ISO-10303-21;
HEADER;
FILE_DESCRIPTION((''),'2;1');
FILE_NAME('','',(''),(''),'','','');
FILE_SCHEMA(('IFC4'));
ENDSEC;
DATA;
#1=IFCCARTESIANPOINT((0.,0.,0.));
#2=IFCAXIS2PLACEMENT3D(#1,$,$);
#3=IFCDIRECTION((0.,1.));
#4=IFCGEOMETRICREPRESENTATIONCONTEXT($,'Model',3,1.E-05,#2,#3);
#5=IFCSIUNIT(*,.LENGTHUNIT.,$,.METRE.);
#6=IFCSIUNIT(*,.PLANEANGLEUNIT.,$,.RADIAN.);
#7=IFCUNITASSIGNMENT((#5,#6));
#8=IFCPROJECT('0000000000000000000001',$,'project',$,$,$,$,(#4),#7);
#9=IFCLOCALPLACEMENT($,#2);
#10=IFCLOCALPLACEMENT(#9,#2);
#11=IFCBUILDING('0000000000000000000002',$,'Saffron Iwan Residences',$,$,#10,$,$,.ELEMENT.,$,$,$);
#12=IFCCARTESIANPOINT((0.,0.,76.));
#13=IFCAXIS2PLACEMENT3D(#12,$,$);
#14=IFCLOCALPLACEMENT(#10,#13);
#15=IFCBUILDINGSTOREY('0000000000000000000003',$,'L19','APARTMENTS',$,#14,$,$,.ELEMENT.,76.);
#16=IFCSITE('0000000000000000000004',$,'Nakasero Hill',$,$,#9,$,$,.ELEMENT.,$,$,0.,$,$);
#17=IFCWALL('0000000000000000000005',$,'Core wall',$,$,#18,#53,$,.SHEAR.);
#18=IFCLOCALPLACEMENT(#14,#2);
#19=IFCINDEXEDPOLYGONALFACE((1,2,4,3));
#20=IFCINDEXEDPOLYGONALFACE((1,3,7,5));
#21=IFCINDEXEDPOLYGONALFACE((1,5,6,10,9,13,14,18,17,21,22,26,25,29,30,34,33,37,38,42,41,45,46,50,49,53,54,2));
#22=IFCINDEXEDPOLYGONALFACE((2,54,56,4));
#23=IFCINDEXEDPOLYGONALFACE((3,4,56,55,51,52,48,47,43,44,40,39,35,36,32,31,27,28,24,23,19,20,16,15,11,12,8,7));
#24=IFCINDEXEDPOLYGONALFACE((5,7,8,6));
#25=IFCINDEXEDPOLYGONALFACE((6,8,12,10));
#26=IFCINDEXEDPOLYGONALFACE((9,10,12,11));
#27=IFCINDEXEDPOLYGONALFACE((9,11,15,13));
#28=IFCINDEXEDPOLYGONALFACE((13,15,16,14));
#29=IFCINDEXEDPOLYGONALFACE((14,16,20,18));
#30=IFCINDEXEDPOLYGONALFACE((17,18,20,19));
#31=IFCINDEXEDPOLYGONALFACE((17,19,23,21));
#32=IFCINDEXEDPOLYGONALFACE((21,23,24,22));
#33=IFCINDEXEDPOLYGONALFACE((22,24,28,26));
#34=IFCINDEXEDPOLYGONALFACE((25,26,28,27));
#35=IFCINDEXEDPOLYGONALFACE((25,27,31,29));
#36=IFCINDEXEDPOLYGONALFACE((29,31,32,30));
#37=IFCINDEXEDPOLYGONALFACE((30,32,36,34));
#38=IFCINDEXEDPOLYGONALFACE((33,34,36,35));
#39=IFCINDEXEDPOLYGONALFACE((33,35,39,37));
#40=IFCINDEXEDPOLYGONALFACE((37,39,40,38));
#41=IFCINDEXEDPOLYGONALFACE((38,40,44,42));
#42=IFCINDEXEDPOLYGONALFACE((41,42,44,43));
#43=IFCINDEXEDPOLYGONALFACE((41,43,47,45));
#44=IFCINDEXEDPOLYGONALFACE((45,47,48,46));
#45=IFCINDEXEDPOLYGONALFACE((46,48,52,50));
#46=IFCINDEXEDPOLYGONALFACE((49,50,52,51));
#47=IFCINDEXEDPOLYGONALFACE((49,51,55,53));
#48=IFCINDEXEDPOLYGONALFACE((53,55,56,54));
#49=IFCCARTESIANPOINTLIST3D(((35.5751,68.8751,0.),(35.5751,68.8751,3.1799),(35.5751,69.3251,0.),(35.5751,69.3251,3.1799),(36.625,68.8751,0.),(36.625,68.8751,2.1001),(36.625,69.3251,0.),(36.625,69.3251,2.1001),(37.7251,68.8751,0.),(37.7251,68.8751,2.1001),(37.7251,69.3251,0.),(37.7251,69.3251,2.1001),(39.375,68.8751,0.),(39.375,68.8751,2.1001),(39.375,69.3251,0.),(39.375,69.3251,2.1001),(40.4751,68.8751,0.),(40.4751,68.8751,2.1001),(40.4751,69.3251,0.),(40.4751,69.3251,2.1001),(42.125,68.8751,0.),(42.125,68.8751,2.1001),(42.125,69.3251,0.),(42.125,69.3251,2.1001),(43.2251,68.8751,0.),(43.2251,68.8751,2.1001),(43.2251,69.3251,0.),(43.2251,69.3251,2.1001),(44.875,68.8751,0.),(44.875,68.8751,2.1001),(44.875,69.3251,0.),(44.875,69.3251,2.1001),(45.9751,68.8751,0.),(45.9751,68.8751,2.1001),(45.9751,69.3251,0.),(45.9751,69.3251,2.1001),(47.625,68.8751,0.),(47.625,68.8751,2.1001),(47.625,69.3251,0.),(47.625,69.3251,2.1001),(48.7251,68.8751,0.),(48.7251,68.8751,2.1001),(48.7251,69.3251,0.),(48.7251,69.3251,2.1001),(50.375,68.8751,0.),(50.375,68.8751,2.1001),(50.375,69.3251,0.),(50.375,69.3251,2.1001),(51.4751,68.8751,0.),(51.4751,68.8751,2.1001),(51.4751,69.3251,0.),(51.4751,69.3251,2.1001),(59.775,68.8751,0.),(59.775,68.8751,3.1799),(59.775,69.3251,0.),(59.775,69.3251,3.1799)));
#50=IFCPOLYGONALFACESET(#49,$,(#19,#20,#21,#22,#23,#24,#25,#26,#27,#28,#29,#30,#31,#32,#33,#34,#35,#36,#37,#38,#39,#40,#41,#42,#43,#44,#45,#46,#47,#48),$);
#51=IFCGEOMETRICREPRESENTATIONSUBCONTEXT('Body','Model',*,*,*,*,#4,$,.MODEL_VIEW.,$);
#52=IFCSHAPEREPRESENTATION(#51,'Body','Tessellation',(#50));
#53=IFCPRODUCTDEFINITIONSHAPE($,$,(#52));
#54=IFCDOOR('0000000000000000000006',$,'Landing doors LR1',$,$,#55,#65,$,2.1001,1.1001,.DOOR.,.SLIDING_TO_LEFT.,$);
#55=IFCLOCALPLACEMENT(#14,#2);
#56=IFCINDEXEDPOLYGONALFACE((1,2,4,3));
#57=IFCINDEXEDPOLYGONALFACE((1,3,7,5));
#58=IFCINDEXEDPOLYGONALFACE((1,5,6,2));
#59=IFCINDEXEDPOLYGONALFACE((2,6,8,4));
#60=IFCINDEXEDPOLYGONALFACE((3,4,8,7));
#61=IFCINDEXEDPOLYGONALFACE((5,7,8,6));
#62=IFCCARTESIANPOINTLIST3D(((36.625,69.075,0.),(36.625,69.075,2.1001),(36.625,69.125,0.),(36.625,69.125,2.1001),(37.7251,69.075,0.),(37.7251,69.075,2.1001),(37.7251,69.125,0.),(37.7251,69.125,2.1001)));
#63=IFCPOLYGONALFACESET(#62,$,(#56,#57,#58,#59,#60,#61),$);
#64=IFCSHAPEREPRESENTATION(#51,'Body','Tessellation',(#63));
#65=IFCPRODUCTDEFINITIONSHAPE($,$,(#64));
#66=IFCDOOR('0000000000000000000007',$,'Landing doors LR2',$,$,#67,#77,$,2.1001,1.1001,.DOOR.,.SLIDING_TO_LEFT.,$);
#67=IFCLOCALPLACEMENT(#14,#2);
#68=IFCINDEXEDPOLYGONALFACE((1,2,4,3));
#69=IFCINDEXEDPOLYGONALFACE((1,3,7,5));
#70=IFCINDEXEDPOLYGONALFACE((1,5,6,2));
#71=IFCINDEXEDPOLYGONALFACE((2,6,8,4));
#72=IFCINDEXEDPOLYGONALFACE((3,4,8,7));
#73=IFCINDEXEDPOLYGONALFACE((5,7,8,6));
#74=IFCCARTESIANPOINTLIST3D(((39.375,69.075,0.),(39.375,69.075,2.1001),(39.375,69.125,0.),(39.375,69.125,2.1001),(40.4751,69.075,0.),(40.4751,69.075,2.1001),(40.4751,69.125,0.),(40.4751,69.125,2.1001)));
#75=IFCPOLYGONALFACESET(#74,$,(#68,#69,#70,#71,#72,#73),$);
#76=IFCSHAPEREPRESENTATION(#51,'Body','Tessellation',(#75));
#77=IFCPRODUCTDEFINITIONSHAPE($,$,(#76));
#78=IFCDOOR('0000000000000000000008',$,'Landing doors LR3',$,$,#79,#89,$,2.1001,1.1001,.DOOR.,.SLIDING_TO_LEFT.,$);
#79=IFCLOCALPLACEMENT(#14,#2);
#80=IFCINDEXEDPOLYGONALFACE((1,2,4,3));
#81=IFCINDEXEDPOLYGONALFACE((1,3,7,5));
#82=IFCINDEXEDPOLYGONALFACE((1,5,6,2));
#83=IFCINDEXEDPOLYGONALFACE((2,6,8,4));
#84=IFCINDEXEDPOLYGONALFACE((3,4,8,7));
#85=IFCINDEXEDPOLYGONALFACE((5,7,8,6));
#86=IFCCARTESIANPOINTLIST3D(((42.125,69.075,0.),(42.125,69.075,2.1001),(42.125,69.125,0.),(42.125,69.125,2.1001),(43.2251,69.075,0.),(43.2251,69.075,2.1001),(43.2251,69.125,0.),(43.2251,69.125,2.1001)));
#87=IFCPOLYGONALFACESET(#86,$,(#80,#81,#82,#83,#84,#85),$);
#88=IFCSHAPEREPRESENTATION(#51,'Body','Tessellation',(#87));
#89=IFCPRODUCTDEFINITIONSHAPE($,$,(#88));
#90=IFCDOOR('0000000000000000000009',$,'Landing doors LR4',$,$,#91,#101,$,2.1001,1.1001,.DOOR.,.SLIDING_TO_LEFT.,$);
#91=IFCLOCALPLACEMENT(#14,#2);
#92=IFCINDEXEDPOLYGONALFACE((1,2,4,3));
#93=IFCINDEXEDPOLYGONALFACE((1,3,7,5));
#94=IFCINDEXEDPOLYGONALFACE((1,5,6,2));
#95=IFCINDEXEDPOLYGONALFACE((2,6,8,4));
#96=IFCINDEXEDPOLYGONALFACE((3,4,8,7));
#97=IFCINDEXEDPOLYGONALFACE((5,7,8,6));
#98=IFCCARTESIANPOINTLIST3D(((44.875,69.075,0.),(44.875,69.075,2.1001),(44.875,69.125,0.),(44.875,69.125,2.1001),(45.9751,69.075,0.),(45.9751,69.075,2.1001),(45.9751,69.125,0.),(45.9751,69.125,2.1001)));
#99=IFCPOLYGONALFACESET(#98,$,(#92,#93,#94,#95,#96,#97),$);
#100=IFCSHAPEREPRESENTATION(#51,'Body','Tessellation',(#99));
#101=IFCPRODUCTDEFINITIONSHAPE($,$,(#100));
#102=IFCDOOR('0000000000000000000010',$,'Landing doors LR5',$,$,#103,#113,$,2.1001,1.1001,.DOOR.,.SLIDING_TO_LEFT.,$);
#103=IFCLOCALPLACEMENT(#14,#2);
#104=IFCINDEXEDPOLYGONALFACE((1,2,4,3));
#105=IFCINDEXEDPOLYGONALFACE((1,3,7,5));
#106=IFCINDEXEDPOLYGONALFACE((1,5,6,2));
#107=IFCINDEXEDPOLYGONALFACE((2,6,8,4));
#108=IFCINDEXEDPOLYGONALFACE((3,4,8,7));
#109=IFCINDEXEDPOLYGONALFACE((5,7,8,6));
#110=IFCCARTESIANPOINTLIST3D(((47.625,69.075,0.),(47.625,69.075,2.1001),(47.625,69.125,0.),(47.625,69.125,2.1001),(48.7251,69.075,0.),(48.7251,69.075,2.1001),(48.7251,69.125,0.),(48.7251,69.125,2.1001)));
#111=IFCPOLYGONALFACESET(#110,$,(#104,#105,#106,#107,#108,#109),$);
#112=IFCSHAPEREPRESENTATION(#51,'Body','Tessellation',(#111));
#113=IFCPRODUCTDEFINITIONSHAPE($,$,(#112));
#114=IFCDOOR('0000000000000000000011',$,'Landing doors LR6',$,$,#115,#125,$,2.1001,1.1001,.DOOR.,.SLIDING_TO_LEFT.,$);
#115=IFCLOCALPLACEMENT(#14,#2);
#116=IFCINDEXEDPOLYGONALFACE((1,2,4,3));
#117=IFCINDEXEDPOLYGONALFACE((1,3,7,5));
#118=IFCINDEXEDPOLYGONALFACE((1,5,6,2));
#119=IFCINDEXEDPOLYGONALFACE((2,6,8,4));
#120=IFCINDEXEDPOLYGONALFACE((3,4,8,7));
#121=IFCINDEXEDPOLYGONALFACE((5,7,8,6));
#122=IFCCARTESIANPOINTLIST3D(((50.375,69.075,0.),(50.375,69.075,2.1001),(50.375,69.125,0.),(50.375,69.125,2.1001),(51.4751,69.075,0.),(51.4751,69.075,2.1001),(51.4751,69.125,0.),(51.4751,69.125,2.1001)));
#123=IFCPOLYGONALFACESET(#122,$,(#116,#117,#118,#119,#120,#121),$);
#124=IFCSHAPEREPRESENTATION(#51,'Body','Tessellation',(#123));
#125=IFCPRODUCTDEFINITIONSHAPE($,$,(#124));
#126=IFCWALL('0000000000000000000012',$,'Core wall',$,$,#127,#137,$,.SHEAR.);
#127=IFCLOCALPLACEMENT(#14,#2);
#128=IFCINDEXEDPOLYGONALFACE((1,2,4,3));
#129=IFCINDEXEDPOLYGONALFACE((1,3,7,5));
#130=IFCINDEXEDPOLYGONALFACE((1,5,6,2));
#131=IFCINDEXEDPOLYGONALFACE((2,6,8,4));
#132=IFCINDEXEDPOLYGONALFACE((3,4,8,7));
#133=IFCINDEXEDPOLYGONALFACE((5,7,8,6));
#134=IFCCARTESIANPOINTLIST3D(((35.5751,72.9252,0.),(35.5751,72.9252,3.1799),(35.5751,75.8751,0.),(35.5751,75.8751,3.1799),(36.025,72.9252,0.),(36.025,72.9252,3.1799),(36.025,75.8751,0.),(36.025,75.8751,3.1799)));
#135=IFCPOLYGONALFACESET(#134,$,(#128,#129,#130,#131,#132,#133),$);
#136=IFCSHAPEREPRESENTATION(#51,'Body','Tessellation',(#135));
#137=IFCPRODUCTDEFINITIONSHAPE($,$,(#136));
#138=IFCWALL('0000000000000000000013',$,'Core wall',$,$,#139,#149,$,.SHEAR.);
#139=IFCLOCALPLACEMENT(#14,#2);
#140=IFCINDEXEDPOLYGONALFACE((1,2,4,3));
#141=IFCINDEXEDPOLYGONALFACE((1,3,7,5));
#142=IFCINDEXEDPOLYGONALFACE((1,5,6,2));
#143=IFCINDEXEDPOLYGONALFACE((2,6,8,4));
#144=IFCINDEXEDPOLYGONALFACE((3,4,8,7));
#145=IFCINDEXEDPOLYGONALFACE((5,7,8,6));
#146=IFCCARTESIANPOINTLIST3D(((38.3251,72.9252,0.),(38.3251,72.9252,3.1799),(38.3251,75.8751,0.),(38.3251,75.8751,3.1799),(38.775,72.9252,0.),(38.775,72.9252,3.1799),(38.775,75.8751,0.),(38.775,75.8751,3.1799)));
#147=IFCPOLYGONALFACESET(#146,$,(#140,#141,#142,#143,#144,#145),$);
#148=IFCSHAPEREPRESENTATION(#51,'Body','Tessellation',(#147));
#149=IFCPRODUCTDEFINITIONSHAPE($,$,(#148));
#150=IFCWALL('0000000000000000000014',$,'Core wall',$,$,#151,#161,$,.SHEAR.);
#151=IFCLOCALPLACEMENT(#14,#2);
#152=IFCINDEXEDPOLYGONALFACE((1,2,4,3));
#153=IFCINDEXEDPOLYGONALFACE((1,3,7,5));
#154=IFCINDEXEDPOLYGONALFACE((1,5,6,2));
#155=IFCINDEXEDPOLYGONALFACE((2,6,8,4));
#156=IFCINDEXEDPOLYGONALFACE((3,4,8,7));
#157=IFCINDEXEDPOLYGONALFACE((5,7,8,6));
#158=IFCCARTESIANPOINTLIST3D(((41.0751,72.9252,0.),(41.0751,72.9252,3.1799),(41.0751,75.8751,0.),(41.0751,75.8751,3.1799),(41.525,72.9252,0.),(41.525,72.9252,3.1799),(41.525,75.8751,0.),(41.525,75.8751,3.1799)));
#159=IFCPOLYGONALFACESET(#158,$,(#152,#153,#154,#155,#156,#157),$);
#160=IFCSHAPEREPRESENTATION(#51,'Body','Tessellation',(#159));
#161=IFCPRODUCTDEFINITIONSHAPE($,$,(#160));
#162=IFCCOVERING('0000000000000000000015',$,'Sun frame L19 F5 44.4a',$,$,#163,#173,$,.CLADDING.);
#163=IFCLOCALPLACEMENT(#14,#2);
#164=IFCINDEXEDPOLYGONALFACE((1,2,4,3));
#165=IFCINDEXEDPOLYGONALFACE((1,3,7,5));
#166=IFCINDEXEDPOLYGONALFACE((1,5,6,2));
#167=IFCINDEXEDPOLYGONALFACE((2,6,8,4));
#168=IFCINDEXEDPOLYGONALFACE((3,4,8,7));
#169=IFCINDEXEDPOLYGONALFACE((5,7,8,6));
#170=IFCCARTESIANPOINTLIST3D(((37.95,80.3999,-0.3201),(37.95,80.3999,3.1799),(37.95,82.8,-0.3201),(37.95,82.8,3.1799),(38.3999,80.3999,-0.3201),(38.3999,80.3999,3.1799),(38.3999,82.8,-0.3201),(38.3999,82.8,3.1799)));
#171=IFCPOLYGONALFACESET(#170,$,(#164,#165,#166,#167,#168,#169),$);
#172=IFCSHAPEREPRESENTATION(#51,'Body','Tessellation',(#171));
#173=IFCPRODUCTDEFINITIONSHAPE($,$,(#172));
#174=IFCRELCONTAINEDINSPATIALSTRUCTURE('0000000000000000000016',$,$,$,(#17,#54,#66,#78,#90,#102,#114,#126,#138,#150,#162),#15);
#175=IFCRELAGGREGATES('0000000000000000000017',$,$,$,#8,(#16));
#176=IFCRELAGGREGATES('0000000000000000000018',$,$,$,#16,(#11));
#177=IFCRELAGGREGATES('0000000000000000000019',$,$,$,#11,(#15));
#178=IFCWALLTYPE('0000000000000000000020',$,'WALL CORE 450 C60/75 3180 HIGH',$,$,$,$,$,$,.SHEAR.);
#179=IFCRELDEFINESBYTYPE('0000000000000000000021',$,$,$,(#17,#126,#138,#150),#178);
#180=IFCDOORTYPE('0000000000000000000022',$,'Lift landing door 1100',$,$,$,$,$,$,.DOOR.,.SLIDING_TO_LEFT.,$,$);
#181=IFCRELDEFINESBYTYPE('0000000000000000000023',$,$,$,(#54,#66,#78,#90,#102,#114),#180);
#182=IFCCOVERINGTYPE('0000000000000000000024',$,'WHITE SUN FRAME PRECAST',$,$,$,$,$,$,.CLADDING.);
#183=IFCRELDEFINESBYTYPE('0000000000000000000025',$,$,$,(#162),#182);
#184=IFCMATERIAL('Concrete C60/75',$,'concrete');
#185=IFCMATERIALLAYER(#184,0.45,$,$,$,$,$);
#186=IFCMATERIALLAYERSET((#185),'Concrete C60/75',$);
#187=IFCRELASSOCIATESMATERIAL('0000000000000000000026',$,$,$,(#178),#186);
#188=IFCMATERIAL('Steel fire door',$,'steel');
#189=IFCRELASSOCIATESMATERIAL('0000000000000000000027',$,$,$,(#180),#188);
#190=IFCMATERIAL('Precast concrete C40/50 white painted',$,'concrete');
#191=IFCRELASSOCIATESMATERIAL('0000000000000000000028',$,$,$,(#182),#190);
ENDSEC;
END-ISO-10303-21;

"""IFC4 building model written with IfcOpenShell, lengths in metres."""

from ifc_helpers import new_model, si_unit, direction, frame, frame_2d, origin, place, context, subcontext, project, spatial, polyline, rectangle, outline, extrude, material, layer, layer_set, type_object, element, fill, save


model = new_model("IFC4")

# Units and contexts
model_context = context("Model", 3, precision=1e-05, world=origin(), true_north=direction((0.0, 1.0)))
body_context = subcontext(model_context, "Body", "Model", "MODEL_VIEW")
ifc_project = project(units=[si_unit("LENGTHUNIT", "METRE"), si_unit("PLANEANGLEUNIT", "RADIAN")], contexts=[model_context])

# Site, building, storey
site_placement = place(None, origin())
site = spatial("IfcSite", under=ifc_project, at=site_placement, Name="Nakasero Hill", CompositionType="ELEMENT", RefElevation=0.0)
building_placement = place(site_placement, origin())
building = spatial("IfcBuilding", under=site, at=building_placement, Name="Saffron Iwan Residences", CompositionType="ELEMENT")
storey_placement = place(building_placement, frame((0.0, 0.0, 76.0)))
storey = spatial("IfcBuildingStorey", under=building, at=storey_placement, Name="L19", Description="APARTMENTS", CompositionType="ELEMENT", Elevation=76.0)

# Shared definitions
ifc_material_1 = material(Name="Concrete C60/75", Category="concrete")

# Shared definitions
ifc_material_2 = material(Name="Steel fire door", Category="steel")

# Wall, openings, doors
ifc_layer_1 = layer(ifc_material_1, 0.45)
ifc_layer_set_1 = layer_set([ifc_layer_1], Name="Concrete C60/75")
wall_type_1 = type_object("IfcWallType", Name="WALL CORE 450 C60/75 3180 HIGH", PredefinedType="SHEAR", material=ifc_layer_set_1)
wall_1_placement = place(storey_placement, frame((35.575, 69.1001, 0.0), z_axis=(0.0, 0.0, 1.0), x_axis=(1.0, 0.0, 0.0)))
wall_1 = element("IfcWall", 1, at=wall_1_placement, inside=storey, type_object=wall_type_1, Name="Core wall", PredefinedType="SHEAR", context=body_context, shape_type="SweptSolid", body=[
    extrude(rectangle(XDim=24.2, YDim=0.45, at=frame_2d((12.1001, 0.0))), origin(), (0.0, 0.0, 1.0), 3.1799),
])
opening_1_placement = place(wall_1_placement, frame((1.05, 0.0, 0.0)))
opening_1 = element("IfcOpeningElement", 2, at=opening_1_placement, cuts=wall_1, PredefinedType="OPENING", context=body_context, shape_type="SweptSolid", body=[
    extrude(rectangle(XDim=1.1001, YDim=2.1001, at=frame_2d((0.55, 1.05))), frame((0.0, 0.2349, 0.0), z_axis=(0.0, -1.0, 0.0), x_axis=(1.0, 0.0, 0.0)), (0.0, 0.0, 1.0), 0.47),
])
opening_2_placement = place(wall_1_placement, frame((3.8, 0.0, 0.0)))
opening_2 = element("IfcOpeningElement", 3, at=opening_2_placement, cuts=wall_1, PredefinedType="OPENING", context=body_context, shape_type="SweptSolid", body=[
    extrude(rectangle(XDim=1.1001, YDim=2.1001, at=frame_2d((0.55, 1.05))), frame((0.0, 0.2349, 0.0), z_axis=(0.0, -1.0, 0.0), x_axis=(1.0, 0.0, 0.0)), (0.0, 0.0, 1.0), 0.47),
])
opening_3_placement = place(wall_1_placement, frame((6.55, 0.0, 0.0)))
opening_3 = element("IfcOpeningElement", 4, at=opening_3_placement, cuts=wall_1, PredefinedType="OPENING", context=body_context, shape_type="SweptSolid", body=[
    extrude(rectangle(XDim=1.1001, YDim=2.1001, at=frame_2d((0.55, 1.05))), frame((0.0, 0.2349, 0.0), z_axis=(0.0, -1.0, 0.0), x_axis=(1.0, 0.0, 0.0)), (0.0, 0.0, 1.0), 0.47),
])
opening_4_placement = place(wall_1_placement, frame((9.3, 0.0, 0.0)))
opening_4 = element("IfcOpeningElement", 5, at=opening_4_placement, cuts=wall_1, PredefinedType="OPENING", context=body_context, shape_type="SweptSolid", body=[
    extrude(rectangle(XDim=1.1001, YDim=2.1001, at=frame_2d((0.55, 1.05))), frame((0.0, 0.2349, 0.0), z_axis=(0.0, -1.0, 0.0), x_axis=(1.0, 0.0, 0.0)), (0.0, 0.0, 1.0), 0.47),
])
opening_5_placement = place(wall_1_placement, frame((12.05, 0.0, 0.0)))
opening_5 = element("IfcOpeningElement", 6, at=opening_5_placement, cuts=wall_1, PredefinedType="OPENING", context=body_context, shape_type="SweptSolid", body=[
    extrude(rectangle(XDim=1.1001, YDim=2.1001, at=frame_2d((0.55, 1.05))), frame((0.0, 0.2349, 0.0), z_axis=(0.0, -1.0, 0.0), x_axis=(1.0, 0.0, 0.0)), (0.0, 0.0, 1.0), 0.47),
])
opening_6_placement = place(wall_1_placement, frame((14.8, 0.0, 0.0)))
opening_6 = element("IfcOpeningElement", 7, at=opening_6_placement, cuts=wall_1, PredefinedType="OPENING", context=body_context, shape_type="SweptSolid", body=[
    extrude(rectangle(XDim=1.1001, YDim=2.1001, at=frame_2d((0.55, 1.05))), frame((0.0, 0.2349, 0.0), z_axis=(0.0, -1.0, 0.0), x_axis=(1.0, 0.0, 0.0)), (0.0, 0.0, 1.0), 0.47),
])
door_type_1 = type_object("IfcDoorType", Name="Lift landing door 1100", OperationType="SLIDING_TO_LEFT", PredefinedType="DOOR", material=ifc_material_2)
door_1_placement = place(opening_1_placement, origin())
door_1 = element("IfcDoor", 8, at=door_1_placement, inside=storey, type_object=door_type_1, Name="Landing doors LR1", OperationType="SLIDING_TO_LEFT", OverallHeight=2.1001, OverallWidth=1.1001, PredefinedType="DOOR", context=body_context, shape_type="SweptSolid", body=[
    extrude(rectangle(XDim=1.1001, YDim=2.1001, at=frame_2d((0.55, 1.05))), frame((0.0, 0.0249, 0.0), z_axis=(0.0, -1.0, 0.0), x_axis=(1.0, 0.0, 0.0)), (0.0, 0.0, 1.0), 0.05),
])
fill(opening_1, door_1)
door_2_placement = place(opening_2_placement, origin())
door_2 = element("IfcDoor", 9, at=door_2_placement, inside=storey, type_object=door_type_1, Name="Landing doors LR2", OperationType="SLIDING_TO_LEFT", OverallHeight=2.1001, OverallWidth=1.1001, PredefinedType="DOOR", context=body_context, shape_type="SweptSolid", body=[
    extrude(rectangle(XDim=1.1001, YDim=2.1001, at=frame_2d((0.55, 1.05))), frame((0.0, 0.0249, 0.0), z_axis=(0.0, -1.0, 0.0), x_axis=(1.0, 0.0, 0.0)), (0.0, 0.0, 1.0), 0.05),
])
fill(opening_2, door_2)
door_3_placement = place(opening_3_placement, origin())
door_3 = element("IfcDoor", 10, at=door_3_placement, inside=storey, type_object=door_type_1, Name="Landing doors LR3", OperationType="SLIDING_TO_LEFT", OverallHeight=2.1001, OverallWidth=1.1001, PredefinedType="DOOR", context=body_context, shape_type="SweptSolid", body=[
    extrude(rectangle(XDim=1.1001, YDim=2.1001, at=frame_2d((0.55, 1.05))), frame((0.0, 0.0249, 0.0), z_axis=(0.0, -1.0, 0.0), x_axis=(1.0, 0.0, 0.0)), (0.0, 0.0, 1.0), 0.05),
])
fill(opening_3, door_3)
door_4_placement = place(opening_4_placement, origin())
door_4 = element("IfcDoor", 11, at=door_4_placement, inside=storey, type_object=door_type_1, Name="Landing doors LR4", OperationType="SLIDING_TO_LEFT", OverallHeight=2.1001, OverallWidth=1.1001, PredefinedType="DOOR", context=body_context, shape_type="SweptSolid", body=[
    extrude(rectangle(XDim=1.1001, YDim=2.1001, at=frame_2d((0.55, 1.05))), frame((0.0, 0.0249, 0.0), z_axis=(0.0, -1.0, 0.0), x_axis=(1.0, 0.0, 0.0)), (0.0, 0.0, 1.0), 0.05),
])
fill(opening_4, door_4)
door_5_placement = place(opening_5_placement, origin())
door_5 = element("IfcDoor", 12, at=door_5_placement, inside=storey, type_object=door_type_1, Name="Landing doors LR5", OperationType="SLIDING_TO_LEFT", OverallHeight=2.1001, OverallWidth=1.1001, PredefinedType="DOOR", context=body_context, shape_type="SweptSolid", body=[
    extrude(rectangle(XDim=1.1001, YDim=2.1001, at=frame_2d((0.55, 1.05))), frame((0.0, 0.0249, 0.0), z_axis=(0.0, -1.0, 0.0), x_axis=(1.0, 0.0, 0.0)), (0.0, 0.0, 1.0), 0.05),
])
fill(opening_5, door_5)
door_6_placement = place(opening_6_placement, origin())
door_6 = element("IfcDoor", 13, at=door_6_placement, inside=storey, type_object=door_type_1, Name="Landing doors LR6", OperationType="SLIDING_TO_LEFT", OverallHeight=2.1001, OverallWidth=1.1001, PredefinedType="DOOR", context=body_context, shape_type="SweptSolid", body=[
    extrude(rectangle(XDim=1.1001, YDim=2.1001, at=frame_2d((0.55, 1.05))), frame((0.0, 0.0249, 0.0), z_axis=(0.0, -1.0, 0.0), x_axis=(1.0, 0.0, 0.0)), (0.0, 0.0, 1.0), 0.05),
])
fill(opening_6, door_6)

# Walls
for number, where, z_axis, x_axis, name in (
    (14, (35.8, 72.925, 0.0), (0.0, 0.0, 1.0), (0.0, 1.0, 0.0), "Core wall"),
    (15, (38.55, 72.925, 0.0), (0.0, 0.0, 1.0), (0.0, 1.0, 0.0), "Core wall"),
    (16, (41.3, 72.925, 0.0), (0.0, 0.0, 1.0), (0.0, 1.0, 0.0), "Core wall"),
):
    element("IfcWall", number, at=place(storey_placement, frame(where, z_axis=z_axis, x_axis=x_axis)), inside=storey, type_object=wall_type_1, Name=name, PredefinedType="SHEAR", context=body_context, shape_type="SweptSolid", body=[
        extrude(rectangle(XDim=2.95, YDim=0.45, at=frame_2d((1.4751, 0.0))), origin(), (0.0, 0.0, 1.0), 3.1799),
    ])

# Covering
ifc_material_3 = material(Name="Precast concrete C40/50 white painted", Category="concrete")
covering_type = type_object("IfcCoveringType", Name="WHITE SUN FRAME PRECAST", PredefinedType="CLADDING", material=ifc_material_3)
covering_placement = place(storey_placement, frame((38.3999, 80.3999, -0.3201), z_axis=(0.0, 1.0, 0.0), x_axis=(-1.0, 0.0, 0.0)))
element("IfcCovering", 17, at=covering_placement, inside=storey, type_object=covering_type, Name="Sun frame L19 F5 44.4a", PredefinedType="CLADDING", context=body_context, shape_type="SweptSolid", body=[
    extrude(outline(polyline([(0.0, 0.0), (0.45, 0.0), (0.45, 3.5), (0.0, 3.5), (0.0, 0.0)])), origin(), (0.0, 0.0, 1.0), 2.4001),
])

save(model, "model.ifc")
